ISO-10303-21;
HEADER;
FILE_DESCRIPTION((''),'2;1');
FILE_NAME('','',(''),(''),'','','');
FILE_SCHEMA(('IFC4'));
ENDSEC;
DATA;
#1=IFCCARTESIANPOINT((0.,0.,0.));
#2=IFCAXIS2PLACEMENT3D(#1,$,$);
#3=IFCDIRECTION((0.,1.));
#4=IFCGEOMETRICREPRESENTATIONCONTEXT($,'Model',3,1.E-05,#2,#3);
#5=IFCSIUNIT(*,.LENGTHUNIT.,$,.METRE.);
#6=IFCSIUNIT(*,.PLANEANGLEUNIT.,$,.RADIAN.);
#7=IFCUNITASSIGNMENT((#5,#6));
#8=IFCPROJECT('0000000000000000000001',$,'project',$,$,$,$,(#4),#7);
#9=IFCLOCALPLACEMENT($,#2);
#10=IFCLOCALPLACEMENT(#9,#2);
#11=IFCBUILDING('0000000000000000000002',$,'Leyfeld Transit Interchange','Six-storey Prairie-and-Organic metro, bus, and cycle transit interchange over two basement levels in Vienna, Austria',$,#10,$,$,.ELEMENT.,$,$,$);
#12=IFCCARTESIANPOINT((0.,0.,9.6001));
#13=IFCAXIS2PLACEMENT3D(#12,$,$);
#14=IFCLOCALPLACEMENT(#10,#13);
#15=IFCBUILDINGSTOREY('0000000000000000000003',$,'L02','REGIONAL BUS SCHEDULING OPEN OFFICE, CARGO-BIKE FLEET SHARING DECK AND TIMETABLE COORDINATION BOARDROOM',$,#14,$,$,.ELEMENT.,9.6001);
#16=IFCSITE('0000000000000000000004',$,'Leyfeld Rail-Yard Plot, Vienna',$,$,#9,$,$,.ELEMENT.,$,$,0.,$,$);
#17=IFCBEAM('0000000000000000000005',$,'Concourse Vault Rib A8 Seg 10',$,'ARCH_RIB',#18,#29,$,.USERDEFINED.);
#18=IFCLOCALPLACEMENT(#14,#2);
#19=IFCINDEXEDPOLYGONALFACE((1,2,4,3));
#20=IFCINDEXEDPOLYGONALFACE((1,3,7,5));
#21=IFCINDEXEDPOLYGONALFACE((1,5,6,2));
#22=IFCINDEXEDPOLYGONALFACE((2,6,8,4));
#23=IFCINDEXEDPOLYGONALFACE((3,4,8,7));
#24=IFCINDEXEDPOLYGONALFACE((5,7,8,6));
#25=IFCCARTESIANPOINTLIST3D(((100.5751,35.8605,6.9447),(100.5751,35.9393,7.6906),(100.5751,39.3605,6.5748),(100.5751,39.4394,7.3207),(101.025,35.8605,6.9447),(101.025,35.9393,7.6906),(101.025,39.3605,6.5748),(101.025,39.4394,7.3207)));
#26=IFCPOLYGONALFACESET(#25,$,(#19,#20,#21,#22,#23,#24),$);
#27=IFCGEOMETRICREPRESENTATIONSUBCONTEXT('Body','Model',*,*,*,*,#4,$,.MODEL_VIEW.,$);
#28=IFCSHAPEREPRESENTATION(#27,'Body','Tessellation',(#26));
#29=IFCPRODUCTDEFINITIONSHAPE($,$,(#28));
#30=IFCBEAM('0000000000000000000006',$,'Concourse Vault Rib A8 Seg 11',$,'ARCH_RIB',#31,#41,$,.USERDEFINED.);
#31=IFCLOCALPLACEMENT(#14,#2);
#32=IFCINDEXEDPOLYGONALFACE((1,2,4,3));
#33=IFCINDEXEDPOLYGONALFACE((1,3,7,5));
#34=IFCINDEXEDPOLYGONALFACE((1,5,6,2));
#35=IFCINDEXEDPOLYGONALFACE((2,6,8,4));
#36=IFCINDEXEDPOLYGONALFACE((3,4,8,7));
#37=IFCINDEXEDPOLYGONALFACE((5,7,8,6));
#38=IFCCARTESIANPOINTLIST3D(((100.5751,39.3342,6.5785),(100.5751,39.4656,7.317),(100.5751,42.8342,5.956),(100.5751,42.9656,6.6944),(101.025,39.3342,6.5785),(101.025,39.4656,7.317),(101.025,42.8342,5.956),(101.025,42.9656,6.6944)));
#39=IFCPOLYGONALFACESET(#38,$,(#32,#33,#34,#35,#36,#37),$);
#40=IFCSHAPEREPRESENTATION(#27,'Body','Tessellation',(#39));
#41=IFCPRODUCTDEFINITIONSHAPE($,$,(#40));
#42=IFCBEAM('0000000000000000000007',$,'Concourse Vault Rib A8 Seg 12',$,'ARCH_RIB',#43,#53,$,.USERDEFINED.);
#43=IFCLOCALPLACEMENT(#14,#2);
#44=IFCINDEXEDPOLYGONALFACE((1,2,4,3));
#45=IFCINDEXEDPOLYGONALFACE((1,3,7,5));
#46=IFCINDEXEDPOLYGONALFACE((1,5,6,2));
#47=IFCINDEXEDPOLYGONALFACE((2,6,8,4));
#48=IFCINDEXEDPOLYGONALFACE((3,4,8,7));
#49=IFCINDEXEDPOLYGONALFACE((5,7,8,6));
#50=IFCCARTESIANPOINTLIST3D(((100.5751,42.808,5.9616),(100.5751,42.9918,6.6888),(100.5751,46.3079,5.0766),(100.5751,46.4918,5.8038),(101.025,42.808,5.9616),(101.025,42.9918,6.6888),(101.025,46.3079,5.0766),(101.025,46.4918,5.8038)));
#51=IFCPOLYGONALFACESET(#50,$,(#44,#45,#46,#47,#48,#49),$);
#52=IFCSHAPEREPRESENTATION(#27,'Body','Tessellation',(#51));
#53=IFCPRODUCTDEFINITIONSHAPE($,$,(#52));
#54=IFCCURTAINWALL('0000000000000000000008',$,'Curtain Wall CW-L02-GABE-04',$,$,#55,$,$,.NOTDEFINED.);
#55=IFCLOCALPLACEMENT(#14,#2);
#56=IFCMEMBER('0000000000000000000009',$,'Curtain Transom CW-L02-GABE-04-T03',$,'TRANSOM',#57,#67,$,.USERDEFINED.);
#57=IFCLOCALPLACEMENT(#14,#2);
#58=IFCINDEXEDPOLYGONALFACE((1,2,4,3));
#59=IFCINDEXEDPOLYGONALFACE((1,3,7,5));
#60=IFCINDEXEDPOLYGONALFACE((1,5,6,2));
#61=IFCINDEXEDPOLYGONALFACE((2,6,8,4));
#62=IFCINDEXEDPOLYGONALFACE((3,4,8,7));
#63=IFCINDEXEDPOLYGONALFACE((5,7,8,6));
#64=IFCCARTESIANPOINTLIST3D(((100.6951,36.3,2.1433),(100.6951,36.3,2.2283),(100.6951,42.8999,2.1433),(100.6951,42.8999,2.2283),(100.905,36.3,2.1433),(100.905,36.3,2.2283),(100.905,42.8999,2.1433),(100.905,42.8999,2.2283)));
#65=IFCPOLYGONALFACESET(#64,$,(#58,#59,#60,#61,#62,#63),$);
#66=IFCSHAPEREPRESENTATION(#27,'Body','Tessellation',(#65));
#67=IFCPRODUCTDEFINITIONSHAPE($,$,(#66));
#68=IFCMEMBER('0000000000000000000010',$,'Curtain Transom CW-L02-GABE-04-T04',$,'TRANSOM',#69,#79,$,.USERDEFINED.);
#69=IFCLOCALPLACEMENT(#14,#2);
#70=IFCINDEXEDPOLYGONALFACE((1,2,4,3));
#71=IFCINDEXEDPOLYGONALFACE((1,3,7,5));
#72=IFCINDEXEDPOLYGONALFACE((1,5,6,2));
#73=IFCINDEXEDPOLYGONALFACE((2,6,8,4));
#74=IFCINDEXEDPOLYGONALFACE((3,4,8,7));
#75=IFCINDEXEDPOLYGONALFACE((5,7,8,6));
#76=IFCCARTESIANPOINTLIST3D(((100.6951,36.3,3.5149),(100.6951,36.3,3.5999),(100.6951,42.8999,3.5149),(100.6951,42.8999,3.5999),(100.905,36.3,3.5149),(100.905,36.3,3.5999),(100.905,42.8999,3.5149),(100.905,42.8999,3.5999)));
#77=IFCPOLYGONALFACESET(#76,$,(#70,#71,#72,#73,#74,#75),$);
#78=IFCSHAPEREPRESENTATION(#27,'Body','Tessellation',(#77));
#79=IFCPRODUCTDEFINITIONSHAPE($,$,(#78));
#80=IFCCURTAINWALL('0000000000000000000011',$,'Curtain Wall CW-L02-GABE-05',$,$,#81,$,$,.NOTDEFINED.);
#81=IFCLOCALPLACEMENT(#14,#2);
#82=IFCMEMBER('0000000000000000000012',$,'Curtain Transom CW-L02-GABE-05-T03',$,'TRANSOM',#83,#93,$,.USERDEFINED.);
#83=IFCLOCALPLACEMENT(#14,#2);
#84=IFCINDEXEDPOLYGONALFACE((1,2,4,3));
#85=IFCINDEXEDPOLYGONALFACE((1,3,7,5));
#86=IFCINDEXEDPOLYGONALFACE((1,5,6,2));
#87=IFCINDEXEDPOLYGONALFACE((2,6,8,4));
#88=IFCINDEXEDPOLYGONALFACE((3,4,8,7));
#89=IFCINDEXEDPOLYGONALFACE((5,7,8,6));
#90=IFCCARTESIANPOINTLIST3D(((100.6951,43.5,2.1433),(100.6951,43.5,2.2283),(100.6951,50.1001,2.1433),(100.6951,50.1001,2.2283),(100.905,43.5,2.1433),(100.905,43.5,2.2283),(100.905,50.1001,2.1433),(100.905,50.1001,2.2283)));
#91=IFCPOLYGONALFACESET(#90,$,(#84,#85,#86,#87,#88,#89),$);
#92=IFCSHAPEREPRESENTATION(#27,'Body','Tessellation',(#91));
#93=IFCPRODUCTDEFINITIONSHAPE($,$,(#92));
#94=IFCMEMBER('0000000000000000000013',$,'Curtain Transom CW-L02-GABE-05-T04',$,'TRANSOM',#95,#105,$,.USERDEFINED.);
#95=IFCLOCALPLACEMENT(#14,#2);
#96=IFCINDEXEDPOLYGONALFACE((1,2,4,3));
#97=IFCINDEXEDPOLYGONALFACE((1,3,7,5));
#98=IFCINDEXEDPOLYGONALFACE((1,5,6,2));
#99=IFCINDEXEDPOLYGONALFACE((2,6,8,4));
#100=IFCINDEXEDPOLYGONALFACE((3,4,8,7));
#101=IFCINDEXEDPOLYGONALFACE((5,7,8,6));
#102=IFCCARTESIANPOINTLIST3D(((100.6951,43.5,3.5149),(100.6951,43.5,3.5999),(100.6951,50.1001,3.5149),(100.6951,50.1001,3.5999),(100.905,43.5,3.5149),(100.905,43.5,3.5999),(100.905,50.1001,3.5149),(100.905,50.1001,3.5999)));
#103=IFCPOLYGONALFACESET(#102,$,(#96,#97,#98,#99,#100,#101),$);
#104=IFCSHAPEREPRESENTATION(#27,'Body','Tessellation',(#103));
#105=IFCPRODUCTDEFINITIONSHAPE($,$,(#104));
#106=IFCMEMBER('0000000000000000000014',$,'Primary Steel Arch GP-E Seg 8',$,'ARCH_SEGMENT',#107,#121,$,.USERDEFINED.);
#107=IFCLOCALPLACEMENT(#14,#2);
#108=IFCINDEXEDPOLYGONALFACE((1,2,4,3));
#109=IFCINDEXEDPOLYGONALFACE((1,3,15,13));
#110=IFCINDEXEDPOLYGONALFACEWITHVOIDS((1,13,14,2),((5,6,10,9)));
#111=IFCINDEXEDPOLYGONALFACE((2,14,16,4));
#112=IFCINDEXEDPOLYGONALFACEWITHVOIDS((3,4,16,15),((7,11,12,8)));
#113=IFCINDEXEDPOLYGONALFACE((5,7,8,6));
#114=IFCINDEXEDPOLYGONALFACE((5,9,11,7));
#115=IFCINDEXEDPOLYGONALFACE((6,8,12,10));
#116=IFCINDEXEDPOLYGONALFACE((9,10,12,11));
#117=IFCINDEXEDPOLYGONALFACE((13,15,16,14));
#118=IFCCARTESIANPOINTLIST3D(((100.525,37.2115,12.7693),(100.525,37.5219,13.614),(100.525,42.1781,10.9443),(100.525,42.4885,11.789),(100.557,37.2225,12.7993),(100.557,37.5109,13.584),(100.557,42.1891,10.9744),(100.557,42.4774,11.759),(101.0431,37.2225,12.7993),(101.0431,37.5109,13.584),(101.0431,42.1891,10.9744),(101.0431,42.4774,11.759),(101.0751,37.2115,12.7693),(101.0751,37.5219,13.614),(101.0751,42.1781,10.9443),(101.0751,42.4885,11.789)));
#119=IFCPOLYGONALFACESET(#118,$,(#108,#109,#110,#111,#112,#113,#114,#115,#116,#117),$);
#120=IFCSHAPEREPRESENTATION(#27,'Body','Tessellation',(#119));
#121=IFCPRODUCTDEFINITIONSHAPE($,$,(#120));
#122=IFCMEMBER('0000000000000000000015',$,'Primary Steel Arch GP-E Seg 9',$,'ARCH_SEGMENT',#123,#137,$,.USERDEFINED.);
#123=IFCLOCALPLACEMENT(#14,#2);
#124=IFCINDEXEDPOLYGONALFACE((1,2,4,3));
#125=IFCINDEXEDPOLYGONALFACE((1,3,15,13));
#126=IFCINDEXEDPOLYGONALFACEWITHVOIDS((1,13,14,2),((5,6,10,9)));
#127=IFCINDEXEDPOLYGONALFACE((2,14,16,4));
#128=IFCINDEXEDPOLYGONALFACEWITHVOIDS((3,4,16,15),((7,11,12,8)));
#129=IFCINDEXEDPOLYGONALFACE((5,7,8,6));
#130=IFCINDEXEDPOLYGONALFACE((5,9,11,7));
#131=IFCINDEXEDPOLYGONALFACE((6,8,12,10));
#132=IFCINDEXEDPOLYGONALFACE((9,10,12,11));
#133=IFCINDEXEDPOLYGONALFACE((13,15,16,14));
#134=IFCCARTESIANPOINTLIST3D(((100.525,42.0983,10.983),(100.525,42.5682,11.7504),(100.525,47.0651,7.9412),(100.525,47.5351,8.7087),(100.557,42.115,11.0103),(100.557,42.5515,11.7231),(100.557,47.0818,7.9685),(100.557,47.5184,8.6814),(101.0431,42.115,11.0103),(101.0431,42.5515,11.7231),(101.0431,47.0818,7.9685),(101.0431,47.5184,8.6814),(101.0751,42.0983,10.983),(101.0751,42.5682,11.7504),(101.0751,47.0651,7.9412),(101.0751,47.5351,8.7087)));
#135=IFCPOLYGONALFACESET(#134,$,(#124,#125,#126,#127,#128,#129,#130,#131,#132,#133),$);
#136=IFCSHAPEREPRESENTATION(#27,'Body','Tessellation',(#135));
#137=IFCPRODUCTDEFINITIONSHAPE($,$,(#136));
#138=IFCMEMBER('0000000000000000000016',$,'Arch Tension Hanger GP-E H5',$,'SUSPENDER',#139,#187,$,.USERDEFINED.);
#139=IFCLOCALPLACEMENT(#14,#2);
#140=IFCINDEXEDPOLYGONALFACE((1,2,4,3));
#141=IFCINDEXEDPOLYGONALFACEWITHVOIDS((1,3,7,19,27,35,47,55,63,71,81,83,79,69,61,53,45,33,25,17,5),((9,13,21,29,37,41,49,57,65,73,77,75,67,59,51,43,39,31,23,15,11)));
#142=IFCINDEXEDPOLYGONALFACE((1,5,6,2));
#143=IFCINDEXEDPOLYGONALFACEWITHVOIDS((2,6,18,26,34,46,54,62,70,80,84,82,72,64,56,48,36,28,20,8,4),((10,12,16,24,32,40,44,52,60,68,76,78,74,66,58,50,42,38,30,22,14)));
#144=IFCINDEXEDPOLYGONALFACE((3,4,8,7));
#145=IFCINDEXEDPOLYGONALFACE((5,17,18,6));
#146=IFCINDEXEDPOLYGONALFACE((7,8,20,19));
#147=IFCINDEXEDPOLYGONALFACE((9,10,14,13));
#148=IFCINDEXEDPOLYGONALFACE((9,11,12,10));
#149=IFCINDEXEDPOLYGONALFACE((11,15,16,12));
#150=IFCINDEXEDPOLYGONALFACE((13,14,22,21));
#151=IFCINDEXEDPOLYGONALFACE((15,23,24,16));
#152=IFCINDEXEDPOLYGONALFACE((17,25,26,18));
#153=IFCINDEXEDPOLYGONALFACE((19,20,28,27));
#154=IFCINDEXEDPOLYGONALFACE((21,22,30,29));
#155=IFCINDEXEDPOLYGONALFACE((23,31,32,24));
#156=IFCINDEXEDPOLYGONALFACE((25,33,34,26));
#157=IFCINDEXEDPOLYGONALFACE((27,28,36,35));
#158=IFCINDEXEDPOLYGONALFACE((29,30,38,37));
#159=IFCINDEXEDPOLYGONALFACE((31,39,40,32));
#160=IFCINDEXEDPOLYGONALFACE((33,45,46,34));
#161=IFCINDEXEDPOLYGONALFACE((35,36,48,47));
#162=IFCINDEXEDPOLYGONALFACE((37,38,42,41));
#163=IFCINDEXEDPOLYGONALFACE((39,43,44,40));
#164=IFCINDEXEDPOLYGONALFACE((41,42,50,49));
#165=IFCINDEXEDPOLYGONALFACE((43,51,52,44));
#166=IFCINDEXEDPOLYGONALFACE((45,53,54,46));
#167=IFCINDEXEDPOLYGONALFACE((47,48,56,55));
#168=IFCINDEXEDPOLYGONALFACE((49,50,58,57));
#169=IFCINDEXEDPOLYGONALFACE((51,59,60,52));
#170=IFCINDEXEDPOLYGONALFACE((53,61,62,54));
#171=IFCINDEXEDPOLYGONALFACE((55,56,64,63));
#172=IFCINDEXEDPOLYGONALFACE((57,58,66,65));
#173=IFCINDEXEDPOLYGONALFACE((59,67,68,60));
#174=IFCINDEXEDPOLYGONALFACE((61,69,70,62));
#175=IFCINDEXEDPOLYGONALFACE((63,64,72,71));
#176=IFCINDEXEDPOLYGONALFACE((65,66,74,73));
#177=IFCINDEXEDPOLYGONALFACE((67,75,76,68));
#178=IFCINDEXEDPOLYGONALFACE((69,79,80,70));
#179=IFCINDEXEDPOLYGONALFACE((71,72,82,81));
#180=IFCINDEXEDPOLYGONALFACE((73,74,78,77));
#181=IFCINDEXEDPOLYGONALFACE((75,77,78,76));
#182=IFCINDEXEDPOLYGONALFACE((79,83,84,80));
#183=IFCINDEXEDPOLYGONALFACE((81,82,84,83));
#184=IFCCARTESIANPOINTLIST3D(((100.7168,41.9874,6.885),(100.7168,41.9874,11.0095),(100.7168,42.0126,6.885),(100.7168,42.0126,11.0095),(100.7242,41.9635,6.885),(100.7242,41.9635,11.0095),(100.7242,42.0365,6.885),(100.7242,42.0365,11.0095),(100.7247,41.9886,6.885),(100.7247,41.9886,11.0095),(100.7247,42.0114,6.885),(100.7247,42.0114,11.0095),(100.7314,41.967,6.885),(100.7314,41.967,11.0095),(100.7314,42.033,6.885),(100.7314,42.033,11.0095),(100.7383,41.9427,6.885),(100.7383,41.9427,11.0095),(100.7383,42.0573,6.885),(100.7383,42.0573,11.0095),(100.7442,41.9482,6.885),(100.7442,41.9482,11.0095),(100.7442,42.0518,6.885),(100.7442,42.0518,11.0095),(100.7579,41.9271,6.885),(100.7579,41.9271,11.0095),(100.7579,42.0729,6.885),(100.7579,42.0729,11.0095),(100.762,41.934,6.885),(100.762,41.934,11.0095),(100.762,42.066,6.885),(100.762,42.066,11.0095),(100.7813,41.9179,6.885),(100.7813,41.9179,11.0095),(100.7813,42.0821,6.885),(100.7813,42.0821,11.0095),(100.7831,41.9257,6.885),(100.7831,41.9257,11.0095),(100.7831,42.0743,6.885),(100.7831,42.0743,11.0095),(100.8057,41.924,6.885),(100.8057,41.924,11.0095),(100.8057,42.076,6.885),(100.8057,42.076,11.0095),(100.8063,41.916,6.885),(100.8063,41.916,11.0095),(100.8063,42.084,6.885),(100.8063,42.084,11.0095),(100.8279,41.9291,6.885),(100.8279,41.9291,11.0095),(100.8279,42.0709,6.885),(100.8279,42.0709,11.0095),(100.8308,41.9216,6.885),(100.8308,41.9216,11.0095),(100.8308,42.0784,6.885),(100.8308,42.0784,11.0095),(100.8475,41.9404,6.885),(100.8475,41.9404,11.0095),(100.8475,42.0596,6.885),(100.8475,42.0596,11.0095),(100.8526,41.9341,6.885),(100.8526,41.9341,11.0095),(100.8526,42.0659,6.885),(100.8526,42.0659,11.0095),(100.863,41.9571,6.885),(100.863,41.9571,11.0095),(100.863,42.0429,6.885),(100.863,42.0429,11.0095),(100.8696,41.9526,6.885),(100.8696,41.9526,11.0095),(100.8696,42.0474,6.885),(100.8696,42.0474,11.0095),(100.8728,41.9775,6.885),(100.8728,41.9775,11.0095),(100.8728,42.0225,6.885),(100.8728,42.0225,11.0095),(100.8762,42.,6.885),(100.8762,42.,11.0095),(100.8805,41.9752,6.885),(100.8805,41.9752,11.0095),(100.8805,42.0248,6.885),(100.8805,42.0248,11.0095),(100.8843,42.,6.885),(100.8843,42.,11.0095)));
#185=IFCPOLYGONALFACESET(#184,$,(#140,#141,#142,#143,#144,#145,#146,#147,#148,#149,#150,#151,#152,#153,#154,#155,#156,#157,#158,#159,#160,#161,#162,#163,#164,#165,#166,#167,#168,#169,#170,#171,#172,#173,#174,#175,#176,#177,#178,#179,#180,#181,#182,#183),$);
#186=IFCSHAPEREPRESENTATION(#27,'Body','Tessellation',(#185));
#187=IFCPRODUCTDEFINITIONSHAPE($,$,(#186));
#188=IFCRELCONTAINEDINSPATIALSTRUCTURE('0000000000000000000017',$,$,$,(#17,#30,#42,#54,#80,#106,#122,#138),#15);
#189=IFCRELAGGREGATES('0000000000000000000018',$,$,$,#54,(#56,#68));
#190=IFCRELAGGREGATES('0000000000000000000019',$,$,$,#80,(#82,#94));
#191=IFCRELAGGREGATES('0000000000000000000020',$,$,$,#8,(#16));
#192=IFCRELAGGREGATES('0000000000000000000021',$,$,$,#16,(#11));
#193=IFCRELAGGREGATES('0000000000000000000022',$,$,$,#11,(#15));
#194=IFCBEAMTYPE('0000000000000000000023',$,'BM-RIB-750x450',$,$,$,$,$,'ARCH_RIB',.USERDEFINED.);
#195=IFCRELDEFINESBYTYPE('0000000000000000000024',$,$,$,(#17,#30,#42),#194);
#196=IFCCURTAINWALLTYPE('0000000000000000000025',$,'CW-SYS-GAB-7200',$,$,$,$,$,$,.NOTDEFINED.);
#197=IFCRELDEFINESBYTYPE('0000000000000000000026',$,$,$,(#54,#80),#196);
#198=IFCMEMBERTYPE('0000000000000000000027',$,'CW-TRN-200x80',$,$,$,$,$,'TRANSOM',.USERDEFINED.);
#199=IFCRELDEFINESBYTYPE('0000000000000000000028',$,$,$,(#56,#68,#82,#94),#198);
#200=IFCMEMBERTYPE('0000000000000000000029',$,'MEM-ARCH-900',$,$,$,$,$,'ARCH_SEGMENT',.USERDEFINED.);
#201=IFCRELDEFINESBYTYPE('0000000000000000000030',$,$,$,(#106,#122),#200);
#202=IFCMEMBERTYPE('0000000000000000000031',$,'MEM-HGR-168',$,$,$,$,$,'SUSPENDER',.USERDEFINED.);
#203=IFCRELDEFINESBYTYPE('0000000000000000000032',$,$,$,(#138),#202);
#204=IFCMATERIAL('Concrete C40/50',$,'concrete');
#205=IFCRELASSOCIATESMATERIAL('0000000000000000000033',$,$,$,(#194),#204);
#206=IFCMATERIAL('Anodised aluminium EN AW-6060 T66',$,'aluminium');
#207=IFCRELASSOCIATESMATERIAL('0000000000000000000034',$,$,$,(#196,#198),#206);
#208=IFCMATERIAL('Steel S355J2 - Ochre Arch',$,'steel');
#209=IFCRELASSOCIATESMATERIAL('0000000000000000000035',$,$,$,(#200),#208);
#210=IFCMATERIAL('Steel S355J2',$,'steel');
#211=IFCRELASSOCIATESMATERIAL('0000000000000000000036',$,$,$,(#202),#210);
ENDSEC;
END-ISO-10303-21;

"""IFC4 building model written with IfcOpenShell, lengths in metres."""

from ifc_helpers import new_model, si_unit, direction, frame, origin, origin_2d, place, context, subcontext, project, spatial, rectangle, hollow_rectangle, hollow_circle, extrude, material, material_profile, profile_set, type_object, element, aggregate, save


model = new_model("IFC4")

# Units and contexts
model_context = context("Model", 3, precision=1e-05, world=origin(), true_north=direction((0.0, 1.0)))
body_context = subcontext(model_context, "Body", "Model", "MODEL_VIEW")
ifc_project = project(units=[si_unit("LENGTHUNIT", "METRE"), si_unit("PLANEANGLEUNIT", "RADIAN")], contexts=[model_context])

# Site, building, storey
site_placement = place(None, origin())
site = spatial("IfcSite", under=ifc_project, at=site_placement, Name="Leyfeld Rail-Yard Plot, Vienna", CompositionType="ELEMENT", RefElevation=0.0)
building_placement = place(site_placement, origin())
building = spatial("IfcBuilding", under=site, at=building_placement, Name="Leyfeld Transit Interchange", Description="Six-storey Prairie-and-Organic metro, bus, and cycle transit interchange over two basement levels in Vienna, Austria", CompositionType="ELEMENT")
storey_placement = place(building_placement, frame((0.0, 0.0, 9.6001)))
storey = spatial("IfcBuildingStorey", under=building, at=storey_placement, Name="L02", Description="REGIONAL BUS SCHEDULING OPEN OFFICE, CARGO-BIKE FLEET SHARING DECK AND TIMETABLE COORDINATION BOARDROOM", CompositionType="ELEMENT", Elevation=9.6001)

# Beams
ifc_material_1 = material(Name="Concrete C40/50", Category="concrete")
ifc_material_profile_1 = material_profile(ifc_material_1, rectangle(XDim=0.45, YDim=0.75, at=origin_2d()), Name="RC 750x450 RIB")
ifc_profile_set_1 = profile_set([ifc_material_profile_1], Name="Concrete C40/50")
beam_type = type_object("IfcBeamType", Name="BM-RIB-750x450", ElementType="ARCH_RIB", PredefinedType="USERDEFINED", material=ifc_profile_set_1)
beam_1_placement = place(storey_placement, frame((100.8, 35.8999, 7.3176), z_axis=(0.0, 0.994462, -0.105093), x_axis=(-1.0, 0.0, 0.0)))
element("IfcBeam", 1, at=beam_1_placement, inside=storey, type_object=beam_type, Name="Concourse Vault Rib A8 Seg 10", ObjectType="ARCH_RIB", PredefinedType="USERDEFINED", context=body_context, shape_type="SweptSolid", body=[
    extrude(rectangle(XDim=0.45, YDim=0.75, at=origin_2d()), origin(), (0.0, 0.0, 1.0), 3.5195),
])
beam_2_placement = place(storey_placement, frame((100.8, 39.3999, 6.9478), z_axis=(0.0, 0.984546, -0.175125), x_axis=(-1.0, 0.0, 0.0)))
element("IfcBeam", 2, at=beam_2_placement, inside=storey, type_object=beam_type, Name="Concourse Vault Rib A8 Seg 11", ObjectType="ARCH_RIB", PredefinedType="USERDEFINED", context=body_context, shape_type="SweptSolid", body=[
    extrude(rectangle(XDim=0.45, YDim=0.75, at=origin_2d()), origin(), (0.0, 0.0, 1.0), 3.5549),
])
beam_3_placement = place(storey_placement, frame((100.8, 42.8999, 6.3252), z_axis=(0.0, 0.969487, -0.245144), x_axis=(-1.0, 0.0, 0.0)))
element("IfcBeam", 3, at=beam_3_placement, inside=storey, type_object=beam_type, Name="Concourse Vault Rib A8 Seg 12", ObjectType="ARCH_RIB", PredefinedType="USERDEFINED", context=body_context, shape_type="SweptSolid", body=[
    extrude(rectangle(XDim=0.45, YDim=0.75, at=origin_2d()), origin(), (0.0, 0.0, 1.0), 3.6101),
])

# Curtain walls, members
ifc_material_2 = material(Name="Anodised aluminium EN AW-6060 T66", Category="aluminium")
curtain_wall_type = type_object("IfcCurtainWallType", Name="CW-SYS-GAB-7200", PredefinedType="NOTDEFINED", material=ifc_material_2)
curtain_wall_1_placement = place(storey_placement, origin())
curtain_wall_1 = element("IfcCurtainWall", 4, at=curtain_wall_1_placement, inside=storey, type_object=curtain_wall_type, Name="Curtain Wall CW-L02-GABE-04", PredefinedType="NOTDEFINED")
ifc_material_profile_2 = material_profile(ifc_material_2, rectangle(XDim=0.21, YDim=0.085, at=origin_2d()), Name="CW-TRN-200x80")
ifc_profile_set_2 = profile_set([ifc_material_profile_2], Name="Anodised aluminium EN AW-6060 T66")
member_type_1 = type_object("IfcMemberType", Name="CW-TRN-200x80", ElementType="TRANSOM", PredefinedType="USERDEFINED", material=ifc_profile_set_2)
member_1_placement = place(storey_placement, frame((100.8, 36.3, 2.1858), z_axis=(0.0, 1.0, 0.0), x_axis=(-1.0, 0.0, 0.0)))
member_1 = element("IfcMember", 5, at=member_1_placement, type_object=member_type_1, Name="Curtain Transom CW-L02-GABE-04-T03", ObjectType="TRANSOM", PredefinedType="USERDEFINED", context=body_context, shape_type="SweptSolid", body=[
    extrude(rectangle(XDim=0.21, YDim=0.085, at=origin_2d()), origin(), (0.0, 0.0, 1.0), 6.5999),
])
member_2_placement = place(storey_placement, frame((100.8, 36.3, 3.5574), z_axis=(0.0, 1.0, 0.0), x_axis=(-1.0, 0.0, 0.0)))
member_2 = element("IfcMember", 6, at=member_2_placement, type_object=member_type_1, Name="Curtain Transom CW-L02-GABE-04-T04", ObjectType="TRANSOM", PredefinedType="USERDEFINED", context=body_context, shape_type="SweptSolid", body=[
    extrude(rectangle(XDim=0.21, YDim=0.085, at=origin_2d()), origin(), (0.0, 0.0, 1.0), 6.5999),
])
curtain_wall_2_placement = place(storey_placement, origin())
curtain_wall_2 = element("IfcCurtainWall", 7, at=curtain_wall_2_placement, inside=storey, type_object=curtain_wall_type, Name="Curtain Wall CW-L02-GABE-05", PredefinedType="NOTDEFINED")
member_3_placement = place(storey_placement, frame((100.8, 43.5, 2.1858), z_axis=(0.0, 1.0, 0.0), x_axis=(-1.0, 0.0, 0.0)))
member_3 = element("IfcMember", 8, at=member_3_placement, type_object=member_type_1, Name="Curtain Transom CW-L02-GABE-05-T03", ObjectType="TRANSOM", PredefinedType="USERDEFINED", context=body_context, shape_type="SweptSolid", body=[
    extrude(rectangle(XDim=0.21, YDim=0.085, at=origin_2d()), origin(), (0.0, 0.0, 1.0), 6.6001),
])
member_4_placement = place(storey_placement, frame((100.8, 43.5, 3.5574), z_axis=(0.0, 1.0, 0.0), x_axis=(-1.0, 0.0, 0.0)))
member_4 = element("IfcMember", 9, at=member_4_placement, type_object=member_type_1, Name="Curtain Transom CW-L02-GABE-05-T04", ObjectType="TRANSOM", PredefinedType="USERDEFINED", context=body_context, shape_type="SweptSolid", body=[
    extrude(rectangle(XDim=0.21, YDim=0.085, at=origin_2d()), origin(), (0.0, 0.0, 1.0), 6.6001),
])

# Members
ifc_material_3 = material(Name="Steel S355J2 - Ochre Arch", Category="steel")
ifc_material_profile_3 = material_profile(ifc_material_3, hollow_rectangle(XDim=0.55, YDim=0.8999, WallThickness=0.032, at=origin_2d()), Name="RHS 900x550x32")
ifc_profile_set_3 = profile_set([ifc_material_profile_3], Name="Steel S355J2 - Ochre Arch")
member_type_2 = type_object("IfcMemberType", Name="MEM-ARCH-900", ElementType="ARCH_SEGMENT", PredefinedType="USERDEFINED", material=ifc_profile_set_3)
member_5_placement = place(storey_placement, frame((100.8, 37.3667, 13.1917), z_axis=(0.0, 0.938639, -0.344901), x_axis=(-1.0, 0.0, 0.0)))
element("IfcMember", 10, at=member_5_placement, inside=storey, type_object=member_type_2, Name="Primary Steel Arch GP-E Seg 8", ObjectType="ARCH_SEGMENT", PredefinedType="USERDEFINED", context=body_context, shape_type="SweptSolid", body=[
    extrude(hollow_rectangle(XDim=0.55, YDim=0.8999, WallThickness=0.032, at=origin_2d()), origin(), (0.0, 0.0, 1.0), 5.2913),
])
member_6_placement = place(storey_placement, frame((100.8, 42.3333, 11.3667), z_axis=(0.0, 0.852786, -0.52226), x_axis=(-1.0, 0.0, 0.0)))
element("IfcMember", 11, at=member_6_placement, inside=storey, type_object=member_type_2, Name="Primary Steel Arch GP-E Seg 9", ObjectType="ARCH_SEGMENT", PredefinedType="USERDEFINED", context=body_context, shape_type="SweptSolid", body=[
    extrude(hollow_rectangle(XDim=0.55, YDim=0.8999, WallThickness=0.032, at=origin_2d()), origin(), (0.0, 0.0, 1.0), 5.8242),
])
ifc_material_4 = material(Name="Steel S355J2", Category="steel")
ifc_material_profile_4 = material_profile(ifc_material_4, hollow_circle(Radius=0.0842, WallThickness=0.0081, at=origin_2d()), Name="CHS 168.3x8")
ifc_profile_set_4 = profile_set([ifc_material_profile_4], Name="Steel S355J2")
member_type_3 = type_object("IfcMemberType", Name="MEM-HGR-168", ElementType="SUSPENDER", PredefinedType="USERDEFINED", material=ifc_profile_set_4)
member_7_placement = place(storey_placement, frame((100.8, 42.0, 6.885), z_axis=(0.0, 0.0, 1.0), x_axis=(1.0, 0.0, 0.0)))
element("IfcMember", 12, at=member_7_placement, inside=storey, type_object=member_type_3, Name="Arch Tension Hanger GP-E H5", ObjectType="SUSPENDER", PredefinedType="USERDEFINED", context=body_context, shape_type="SweptSolid", body=[
    extrude(hollow_circle(Radius=0.0842, WallThickness=0.0081, at=origin_2d()), origin(), (0.0, 0.0, 1.0), 4.1245),
])

aggregate(curtain_wall_1, [member_1, member_2])
aggregate(curtain_wall_2, [member_3, member_4])

save(model, "model.ifc")
